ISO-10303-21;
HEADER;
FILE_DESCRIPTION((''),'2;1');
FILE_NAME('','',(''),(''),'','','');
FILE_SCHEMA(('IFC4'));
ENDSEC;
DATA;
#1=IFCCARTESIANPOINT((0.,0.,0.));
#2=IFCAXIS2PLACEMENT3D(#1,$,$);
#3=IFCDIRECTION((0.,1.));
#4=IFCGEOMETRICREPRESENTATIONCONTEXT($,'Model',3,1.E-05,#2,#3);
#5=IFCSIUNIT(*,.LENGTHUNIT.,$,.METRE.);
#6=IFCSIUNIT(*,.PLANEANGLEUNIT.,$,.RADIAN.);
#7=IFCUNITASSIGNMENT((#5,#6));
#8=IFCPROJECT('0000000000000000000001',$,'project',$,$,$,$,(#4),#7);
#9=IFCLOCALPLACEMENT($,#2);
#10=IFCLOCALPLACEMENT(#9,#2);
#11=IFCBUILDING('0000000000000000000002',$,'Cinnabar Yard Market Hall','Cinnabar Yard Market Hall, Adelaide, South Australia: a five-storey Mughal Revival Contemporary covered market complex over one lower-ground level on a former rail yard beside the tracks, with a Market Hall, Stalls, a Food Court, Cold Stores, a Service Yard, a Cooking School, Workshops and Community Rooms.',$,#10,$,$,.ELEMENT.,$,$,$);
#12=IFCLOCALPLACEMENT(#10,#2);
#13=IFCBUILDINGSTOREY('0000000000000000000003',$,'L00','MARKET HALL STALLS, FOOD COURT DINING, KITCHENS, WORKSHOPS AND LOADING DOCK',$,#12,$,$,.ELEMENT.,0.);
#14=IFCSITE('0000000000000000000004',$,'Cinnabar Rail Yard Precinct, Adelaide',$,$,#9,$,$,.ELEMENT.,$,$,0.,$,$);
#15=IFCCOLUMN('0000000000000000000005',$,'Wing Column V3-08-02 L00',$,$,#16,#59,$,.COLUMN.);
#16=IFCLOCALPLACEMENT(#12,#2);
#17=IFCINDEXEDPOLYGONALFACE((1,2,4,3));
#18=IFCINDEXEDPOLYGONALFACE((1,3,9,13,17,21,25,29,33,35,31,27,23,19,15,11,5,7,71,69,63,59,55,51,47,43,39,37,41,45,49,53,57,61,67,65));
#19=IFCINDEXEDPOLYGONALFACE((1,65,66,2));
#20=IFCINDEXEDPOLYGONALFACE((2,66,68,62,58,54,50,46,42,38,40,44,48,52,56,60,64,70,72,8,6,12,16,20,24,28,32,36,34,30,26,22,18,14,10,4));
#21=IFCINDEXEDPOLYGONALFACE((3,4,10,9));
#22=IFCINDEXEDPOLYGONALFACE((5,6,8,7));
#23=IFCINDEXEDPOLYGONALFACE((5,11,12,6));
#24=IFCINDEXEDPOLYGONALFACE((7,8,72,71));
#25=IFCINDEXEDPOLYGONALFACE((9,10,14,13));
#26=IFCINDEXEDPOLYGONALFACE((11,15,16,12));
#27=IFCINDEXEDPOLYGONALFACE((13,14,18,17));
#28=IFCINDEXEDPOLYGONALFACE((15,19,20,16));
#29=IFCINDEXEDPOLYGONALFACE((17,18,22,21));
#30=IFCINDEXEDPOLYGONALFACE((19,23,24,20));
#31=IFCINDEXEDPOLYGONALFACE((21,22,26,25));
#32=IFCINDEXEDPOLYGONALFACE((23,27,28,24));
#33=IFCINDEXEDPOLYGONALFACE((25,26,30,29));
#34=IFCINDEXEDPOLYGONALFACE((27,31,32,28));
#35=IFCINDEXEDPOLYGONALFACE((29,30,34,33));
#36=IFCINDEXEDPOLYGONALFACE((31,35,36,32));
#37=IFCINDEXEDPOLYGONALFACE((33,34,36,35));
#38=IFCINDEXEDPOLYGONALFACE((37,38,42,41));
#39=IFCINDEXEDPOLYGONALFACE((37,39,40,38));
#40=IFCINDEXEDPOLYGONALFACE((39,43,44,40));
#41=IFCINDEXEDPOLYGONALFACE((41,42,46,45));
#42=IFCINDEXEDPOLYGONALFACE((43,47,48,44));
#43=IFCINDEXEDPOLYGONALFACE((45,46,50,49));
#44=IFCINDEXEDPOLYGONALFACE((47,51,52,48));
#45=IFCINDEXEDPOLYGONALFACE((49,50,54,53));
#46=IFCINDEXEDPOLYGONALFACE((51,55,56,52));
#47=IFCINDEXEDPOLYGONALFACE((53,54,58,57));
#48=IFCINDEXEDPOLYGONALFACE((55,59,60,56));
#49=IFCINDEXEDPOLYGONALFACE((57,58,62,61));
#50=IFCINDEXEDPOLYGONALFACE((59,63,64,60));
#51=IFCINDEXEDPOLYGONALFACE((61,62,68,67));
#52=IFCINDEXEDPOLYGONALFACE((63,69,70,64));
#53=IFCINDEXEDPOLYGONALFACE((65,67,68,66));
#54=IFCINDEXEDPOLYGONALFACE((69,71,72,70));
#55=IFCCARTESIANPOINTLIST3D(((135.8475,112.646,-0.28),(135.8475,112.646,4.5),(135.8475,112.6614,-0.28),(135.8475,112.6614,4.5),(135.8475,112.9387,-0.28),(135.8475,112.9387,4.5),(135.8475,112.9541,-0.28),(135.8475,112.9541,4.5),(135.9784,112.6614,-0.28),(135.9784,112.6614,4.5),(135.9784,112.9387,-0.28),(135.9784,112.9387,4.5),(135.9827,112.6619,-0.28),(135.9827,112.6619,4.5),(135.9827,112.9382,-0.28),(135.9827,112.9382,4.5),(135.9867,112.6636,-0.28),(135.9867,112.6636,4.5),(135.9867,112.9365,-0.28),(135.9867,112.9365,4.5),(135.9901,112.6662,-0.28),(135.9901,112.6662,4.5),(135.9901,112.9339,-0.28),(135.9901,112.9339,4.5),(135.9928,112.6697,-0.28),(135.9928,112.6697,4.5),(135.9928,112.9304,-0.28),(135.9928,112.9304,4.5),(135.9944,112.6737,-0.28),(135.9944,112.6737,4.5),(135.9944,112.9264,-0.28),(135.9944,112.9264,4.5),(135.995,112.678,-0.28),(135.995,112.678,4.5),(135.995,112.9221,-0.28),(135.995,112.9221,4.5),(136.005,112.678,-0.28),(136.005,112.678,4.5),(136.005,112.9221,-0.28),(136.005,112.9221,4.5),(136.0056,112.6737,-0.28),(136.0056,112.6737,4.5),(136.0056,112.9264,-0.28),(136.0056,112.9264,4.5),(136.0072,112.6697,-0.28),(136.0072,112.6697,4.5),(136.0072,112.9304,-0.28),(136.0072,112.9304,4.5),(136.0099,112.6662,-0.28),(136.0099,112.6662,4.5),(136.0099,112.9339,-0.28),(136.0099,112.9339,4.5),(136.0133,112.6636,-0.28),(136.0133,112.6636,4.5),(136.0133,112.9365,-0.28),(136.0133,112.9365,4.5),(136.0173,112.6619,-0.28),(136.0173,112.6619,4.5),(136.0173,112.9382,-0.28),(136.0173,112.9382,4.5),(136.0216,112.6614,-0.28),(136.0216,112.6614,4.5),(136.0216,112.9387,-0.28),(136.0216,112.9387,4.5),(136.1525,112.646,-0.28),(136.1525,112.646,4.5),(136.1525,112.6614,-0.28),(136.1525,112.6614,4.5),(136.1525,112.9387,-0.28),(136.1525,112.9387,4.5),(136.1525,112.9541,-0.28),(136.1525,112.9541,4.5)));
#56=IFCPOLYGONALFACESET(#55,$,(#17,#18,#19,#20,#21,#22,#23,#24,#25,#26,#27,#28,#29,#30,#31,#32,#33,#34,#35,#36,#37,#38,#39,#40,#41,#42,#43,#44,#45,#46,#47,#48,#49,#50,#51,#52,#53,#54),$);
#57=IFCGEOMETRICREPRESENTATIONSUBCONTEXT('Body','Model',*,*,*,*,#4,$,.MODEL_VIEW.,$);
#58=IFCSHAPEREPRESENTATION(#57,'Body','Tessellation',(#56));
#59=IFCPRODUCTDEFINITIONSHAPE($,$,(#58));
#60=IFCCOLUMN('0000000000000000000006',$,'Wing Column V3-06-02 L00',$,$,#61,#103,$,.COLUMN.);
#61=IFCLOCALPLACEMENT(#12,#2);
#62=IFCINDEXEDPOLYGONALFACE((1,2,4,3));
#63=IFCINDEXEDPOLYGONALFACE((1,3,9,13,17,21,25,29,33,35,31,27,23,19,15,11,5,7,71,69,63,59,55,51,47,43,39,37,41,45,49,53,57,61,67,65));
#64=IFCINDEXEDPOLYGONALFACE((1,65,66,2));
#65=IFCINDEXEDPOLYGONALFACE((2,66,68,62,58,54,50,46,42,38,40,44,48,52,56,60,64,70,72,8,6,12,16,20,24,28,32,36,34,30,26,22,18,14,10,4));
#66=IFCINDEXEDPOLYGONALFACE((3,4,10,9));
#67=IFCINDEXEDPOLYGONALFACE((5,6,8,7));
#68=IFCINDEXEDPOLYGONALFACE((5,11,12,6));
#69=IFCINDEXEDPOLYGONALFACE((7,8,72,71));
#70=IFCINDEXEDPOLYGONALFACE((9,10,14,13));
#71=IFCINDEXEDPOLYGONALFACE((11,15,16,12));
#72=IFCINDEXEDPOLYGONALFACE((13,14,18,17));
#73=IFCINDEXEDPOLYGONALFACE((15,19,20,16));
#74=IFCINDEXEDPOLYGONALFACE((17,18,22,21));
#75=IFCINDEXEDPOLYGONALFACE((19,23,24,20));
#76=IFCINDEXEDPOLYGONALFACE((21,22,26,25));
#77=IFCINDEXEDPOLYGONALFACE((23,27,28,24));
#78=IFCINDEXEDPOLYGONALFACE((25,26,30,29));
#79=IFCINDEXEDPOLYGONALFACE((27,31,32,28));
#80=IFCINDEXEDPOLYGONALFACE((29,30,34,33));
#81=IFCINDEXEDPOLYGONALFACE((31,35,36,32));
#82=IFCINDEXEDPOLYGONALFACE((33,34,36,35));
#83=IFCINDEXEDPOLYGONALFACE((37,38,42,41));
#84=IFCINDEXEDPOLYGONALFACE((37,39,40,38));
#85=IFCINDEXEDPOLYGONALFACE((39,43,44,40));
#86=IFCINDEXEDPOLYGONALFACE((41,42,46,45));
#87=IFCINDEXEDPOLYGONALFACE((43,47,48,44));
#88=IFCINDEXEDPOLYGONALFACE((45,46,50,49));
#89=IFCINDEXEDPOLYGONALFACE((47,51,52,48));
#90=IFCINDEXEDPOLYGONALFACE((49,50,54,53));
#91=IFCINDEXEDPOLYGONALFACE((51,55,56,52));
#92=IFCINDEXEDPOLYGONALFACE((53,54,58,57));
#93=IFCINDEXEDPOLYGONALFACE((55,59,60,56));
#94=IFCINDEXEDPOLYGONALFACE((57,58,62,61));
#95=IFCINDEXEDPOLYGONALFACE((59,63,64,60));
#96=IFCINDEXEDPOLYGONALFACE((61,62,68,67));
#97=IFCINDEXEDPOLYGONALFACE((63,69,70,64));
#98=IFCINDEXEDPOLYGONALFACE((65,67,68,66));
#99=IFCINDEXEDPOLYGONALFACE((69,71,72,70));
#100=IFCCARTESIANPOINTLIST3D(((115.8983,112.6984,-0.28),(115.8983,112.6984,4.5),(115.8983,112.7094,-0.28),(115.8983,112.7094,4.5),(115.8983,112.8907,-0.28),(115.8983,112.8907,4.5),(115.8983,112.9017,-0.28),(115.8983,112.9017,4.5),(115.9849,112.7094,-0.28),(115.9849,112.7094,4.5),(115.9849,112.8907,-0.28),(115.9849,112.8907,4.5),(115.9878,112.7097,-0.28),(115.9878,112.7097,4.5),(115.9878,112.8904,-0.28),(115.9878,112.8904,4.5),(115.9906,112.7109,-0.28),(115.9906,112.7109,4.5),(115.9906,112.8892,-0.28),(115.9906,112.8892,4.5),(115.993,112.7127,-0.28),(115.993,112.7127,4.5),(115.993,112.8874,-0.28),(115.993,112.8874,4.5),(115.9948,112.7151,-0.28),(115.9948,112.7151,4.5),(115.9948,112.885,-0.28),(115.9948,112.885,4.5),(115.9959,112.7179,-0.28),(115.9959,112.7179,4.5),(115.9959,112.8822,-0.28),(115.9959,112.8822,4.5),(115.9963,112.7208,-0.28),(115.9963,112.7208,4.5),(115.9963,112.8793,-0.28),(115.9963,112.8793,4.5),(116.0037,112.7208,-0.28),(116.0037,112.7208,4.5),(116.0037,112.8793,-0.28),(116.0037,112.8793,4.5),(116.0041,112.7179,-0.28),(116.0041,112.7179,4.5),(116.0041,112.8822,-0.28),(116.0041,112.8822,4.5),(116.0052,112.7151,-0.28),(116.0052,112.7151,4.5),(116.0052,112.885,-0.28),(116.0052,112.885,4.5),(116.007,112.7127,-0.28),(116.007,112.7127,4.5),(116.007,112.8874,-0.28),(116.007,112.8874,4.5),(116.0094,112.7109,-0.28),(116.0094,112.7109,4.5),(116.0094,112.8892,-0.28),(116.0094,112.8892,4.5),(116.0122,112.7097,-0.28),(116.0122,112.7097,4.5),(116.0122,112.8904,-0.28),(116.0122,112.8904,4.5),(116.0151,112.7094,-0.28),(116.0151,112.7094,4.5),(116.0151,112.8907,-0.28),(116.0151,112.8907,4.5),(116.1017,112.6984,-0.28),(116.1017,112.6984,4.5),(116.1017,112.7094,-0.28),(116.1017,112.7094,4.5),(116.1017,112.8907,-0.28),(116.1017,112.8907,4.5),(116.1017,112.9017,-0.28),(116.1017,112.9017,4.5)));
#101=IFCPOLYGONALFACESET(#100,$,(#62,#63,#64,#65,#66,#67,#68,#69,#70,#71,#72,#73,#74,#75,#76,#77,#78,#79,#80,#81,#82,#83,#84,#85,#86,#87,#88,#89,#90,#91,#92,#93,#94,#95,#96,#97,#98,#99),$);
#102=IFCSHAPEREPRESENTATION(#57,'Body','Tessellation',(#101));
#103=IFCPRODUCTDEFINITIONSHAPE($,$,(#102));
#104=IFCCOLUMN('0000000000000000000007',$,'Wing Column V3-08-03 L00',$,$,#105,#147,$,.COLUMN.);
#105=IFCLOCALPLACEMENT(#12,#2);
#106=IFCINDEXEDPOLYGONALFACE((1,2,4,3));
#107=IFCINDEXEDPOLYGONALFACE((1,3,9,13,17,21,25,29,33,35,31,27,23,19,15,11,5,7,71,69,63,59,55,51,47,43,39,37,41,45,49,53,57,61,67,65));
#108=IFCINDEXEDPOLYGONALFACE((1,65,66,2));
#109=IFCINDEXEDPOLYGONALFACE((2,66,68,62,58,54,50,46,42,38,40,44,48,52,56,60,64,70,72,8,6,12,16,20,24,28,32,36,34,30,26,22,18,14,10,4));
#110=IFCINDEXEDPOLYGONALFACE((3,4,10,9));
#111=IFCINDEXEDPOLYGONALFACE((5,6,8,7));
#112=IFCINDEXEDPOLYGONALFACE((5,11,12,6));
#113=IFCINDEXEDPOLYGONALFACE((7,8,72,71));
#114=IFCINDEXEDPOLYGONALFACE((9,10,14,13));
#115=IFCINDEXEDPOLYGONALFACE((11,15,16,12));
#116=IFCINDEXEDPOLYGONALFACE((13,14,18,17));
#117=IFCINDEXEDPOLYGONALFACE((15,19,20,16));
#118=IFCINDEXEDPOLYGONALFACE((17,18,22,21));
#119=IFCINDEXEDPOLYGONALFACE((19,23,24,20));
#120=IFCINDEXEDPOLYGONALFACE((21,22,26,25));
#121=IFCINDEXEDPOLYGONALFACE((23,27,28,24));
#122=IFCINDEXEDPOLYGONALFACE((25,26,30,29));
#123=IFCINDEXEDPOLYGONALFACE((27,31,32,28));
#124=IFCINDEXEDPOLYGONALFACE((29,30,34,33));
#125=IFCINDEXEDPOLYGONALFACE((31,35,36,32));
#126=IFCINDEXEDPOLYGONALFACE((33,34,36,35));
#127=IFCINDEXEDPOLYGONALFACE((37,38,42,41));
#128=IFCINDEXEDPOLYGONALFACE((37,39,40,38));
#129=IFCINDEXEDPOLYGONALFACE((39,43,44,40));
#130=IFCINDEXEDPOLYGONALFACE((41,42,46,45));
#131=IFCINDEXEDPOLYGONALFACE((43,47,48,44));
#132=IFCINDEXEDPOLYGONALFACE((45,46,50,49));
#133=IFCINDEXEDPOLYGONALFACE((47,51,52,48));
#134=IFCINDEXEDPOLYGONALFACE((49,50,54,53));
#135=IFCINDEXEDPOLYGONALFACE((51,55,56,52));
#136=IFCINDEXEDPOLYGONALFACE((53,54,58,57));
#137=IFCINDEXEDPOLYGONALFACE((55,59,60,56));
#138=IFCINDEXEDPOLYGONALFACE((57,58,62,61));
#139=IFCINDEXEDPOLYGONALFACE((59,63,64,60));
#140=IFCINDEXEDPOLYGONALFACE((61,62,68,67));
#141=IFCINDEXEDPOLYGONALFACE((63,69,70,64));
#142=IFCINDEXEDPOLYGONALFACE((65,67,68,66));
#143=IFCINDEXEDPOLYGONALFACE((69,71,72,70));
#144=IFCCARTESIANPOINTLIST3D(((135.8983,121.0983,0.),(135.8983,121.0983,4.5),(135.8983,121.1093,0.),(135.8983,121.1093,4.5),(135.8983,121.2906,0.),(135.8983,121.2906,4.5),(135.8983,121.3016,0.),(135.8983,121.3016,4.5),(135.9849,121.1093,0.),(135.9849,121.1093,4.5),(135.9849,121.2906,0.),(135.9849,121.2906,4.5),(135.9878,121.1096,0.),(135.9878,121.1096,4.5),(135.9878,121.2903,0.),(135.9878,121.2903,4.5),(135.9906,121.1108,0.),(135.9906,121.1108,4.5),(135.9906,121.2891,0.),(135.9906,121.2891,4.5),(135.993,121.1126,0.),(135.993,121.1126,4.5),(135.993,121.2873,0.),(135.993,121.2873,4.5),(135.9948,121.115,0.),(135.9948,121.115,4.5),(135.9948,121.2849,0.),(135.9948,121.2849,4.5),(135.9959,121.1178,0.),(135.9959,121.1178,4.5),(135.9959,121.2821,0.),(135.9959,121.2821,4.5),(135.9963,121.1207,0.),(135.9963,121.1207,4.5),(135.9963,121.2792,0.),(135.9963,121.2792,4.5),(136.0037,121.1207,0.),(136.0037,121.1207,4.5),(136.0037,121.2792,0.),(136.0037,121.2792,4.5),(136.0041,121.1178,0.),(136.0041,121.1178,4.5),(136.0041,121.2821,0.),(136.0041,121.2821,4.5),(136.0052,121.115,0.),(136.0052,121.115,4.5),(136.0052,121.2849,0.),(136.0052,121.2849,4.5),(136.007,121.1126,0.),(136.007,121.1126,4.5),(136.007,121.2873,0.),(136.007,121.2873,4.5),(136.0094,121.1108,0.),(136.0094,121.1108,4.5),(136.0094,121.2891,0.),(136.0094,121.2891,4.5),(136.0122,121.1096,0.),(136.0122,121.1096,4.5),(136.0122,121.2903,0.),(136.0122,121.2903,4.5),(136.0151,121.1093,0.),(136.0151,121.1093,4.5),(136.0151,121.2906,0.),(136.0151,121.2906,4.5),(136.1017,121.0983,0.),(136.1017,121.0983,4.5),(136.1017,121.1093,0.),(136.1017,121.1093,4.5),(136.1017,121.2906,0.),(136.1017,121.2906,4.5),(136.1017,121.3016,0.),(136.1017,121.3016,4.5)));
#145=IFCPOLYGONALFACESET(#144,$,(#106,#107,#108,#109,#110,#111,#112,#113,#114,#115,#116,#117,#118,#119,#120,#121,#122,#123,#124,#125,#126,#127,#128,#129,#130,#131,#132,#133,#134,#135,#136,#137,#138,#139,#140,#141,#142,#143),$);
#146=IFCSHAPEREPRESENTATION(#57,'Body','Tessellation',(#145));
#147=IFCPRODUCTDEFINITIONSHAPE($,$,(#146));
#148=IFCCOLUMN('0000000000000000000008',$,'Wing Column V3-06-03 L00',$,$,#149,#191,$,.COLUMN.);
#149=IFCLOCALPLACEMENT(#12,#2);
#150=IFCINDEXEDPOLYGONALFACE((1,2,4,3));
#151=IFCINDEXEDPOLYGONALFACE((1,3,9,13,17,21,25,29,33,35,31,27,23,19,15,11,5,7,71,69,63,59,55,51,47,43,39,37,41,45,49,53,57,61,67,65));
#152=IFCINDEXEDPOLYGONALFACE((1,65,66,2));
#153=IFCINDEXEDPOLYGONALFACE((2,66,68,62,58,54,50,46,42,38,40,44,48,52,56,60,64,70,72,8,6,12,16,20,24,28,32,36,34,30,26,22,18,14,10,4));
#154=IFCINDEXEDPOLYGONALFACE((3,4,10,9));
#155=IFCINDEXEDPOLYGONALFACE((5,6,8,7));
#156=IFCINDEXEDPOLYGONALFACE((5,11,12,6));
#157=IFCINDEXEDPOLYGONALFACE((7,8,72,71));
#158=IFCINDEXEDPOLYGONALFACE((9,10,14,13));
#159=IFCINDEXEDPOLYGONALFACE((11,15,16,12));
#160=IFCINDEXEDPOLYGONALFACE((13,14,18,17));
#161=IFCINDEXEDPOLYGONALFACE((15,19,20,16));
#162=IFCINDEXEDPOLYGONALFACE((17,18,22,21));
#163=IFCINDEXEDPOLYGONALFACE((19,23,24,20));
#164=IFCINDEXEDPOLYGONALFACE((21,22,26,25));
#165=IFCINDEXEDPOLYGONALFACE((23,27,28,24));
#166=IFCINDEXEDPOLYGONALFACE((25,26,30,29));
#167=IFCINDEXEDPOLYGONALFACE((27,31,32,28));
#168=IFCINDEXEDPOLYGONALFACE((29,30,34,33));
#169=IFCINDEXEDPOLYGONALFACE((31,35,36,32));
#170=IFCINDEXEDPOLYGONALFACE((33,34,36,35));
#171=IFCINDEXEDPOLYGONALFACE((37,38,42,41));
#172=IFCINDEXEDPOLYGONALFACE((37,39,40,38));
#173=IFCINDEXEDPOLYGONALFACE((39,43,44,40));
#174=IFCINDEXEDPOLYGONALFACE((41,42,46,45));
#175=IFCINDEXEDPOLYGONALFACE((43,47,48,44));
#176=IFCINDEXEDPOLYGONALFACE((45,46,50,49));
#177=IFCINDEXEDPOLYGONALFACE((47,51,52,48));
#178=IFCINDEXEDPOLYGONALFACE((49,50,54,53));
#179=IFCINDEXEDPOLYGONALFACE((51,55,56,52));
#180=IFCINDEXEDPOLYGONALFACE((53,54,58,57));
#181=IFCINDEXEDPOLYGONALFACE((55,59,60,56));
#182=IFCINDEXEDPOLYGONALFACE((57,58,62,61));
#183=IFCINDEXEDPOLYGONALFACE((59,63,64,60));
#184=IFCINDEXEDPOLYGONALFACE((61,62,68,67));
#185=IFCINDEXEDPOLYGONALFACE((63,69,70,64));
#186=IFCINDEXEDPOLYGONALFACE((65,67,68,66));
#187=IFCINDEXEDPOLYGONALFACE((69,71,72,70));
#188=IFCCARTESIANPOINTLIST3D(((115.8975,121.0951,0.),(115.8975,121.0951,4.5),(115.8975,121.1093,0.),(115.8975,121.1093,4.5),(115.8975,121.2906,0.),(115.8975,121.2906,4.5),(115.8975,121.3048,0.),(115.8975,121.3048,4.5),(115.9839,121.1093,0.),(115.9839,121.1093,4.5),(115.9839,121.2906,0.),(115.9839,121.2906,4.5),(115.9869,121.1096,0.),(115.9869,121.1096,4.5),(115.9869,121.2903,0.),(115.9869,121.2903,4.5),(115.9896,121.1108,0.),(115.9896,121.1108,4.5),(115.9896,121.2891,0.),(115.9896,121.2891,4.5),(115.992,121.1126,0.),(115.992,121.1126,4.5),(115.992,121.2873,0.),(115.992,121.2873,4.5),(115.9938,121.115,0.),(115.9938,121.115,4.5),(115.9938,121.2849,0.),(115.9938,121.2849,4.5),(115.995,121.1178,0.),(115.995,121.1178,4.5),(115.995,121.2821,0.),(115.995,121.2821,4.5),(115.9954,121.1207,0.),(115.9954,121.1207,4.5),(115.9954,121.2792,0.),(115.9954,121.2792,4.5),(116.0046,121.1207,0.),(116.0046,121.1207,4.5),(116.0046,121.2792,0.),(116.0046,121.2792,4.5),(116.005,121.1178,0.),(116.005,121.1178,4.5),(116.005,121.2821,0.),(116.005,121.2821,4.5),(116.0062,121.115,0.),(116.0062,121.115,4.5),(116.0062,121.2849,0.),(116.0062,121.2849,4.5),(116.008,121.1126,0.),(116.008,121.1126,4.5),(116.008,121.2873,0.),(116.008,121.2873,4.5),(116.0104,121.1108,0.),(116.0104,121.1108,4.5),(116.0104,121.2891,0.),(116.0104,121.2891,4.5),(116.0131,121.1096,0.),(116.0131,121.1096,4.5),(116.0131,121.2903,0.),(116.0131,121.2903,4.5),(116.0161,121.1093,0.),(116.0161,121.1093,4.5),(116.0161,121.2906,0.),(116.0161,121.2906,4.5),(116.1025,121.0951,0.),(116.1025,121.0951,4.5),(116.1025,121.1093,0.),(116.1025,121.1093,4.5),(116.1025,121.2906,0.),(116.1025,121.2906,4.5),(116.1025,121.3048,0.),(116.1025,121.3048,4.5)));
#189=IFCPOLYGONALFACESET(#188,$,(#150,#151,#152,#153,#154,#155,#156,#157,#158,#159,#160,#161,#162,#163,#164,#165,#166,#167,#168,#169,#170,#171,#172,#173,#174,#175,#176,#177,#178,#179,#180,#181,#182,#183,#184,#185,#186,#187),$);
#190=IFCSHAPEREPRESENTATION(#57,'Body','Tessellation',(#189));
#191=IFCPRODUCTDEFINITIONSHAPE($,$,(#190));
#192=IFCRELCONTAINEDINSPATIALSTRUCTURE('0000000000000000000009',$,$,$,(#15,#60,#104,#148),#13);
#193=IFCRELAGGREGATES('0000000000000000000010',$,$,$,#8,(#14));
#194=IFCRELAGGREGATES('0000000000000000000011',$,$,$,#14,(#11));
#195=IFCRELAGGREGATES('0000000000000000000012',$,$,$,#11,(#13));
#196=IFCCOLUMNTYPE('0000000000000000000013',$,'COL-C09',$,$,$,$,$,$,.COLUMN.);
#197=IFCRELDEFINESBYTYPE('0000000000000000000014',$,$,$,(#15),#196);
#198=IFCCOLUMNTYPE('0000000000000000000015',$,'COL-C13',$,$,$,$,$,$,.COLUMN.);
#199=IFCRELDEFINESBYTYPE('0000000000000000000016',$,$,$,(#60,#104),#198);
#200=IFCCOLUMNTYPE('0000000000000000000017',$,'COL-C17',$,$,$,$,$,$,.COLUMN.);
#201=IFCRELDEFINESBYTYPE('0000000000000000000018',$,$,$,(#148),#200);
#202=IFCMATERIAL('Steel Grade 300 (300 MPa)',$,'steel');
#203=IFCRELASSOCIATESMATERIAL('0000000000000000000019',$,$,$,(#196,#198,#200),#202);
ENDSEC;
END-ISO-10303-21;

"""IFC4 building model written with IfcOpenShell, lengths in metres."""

from ifc_helpers import new_model, si_unit, direction, frame, origin, origin_2d_with_axis, place, context, subcontext, project, spatial, i_section, extrude, material, material_profile, profile_set, type_object, element, save


model = new_model("IFC4")

# Units and contexts
model_context = context("Model", 3, precision=1e-05, world=origin(), true_north=direction((0.0, 1.0)))
body_context = subcontext(model_context, "Body", "Model", "MODEL_VIEW")
ifc_project = project(units=[si_unit("LENGTHUNIT", "METRE"), si_unit("PLANEANGLEUNIT", "RADIAN")], contexts=[model_context])

# Site, building, storey
site_placement = place(None, origin())
site = spatial("IfcSite", under=ifc_project, at=site_placement, Name="Cinnabar Rail Yard Precinct, Adelaide", CompositionType="ELEMENT", RefElevation=0.0)
building_placement = place(site_placement, origin())
building = spatial("IfcBuilding", under=site, at=building_placement, Name="Cinnabar Yard Market Hall", Description="Cinnabar Yard Market Hall, Adelaide, South Australia: a five-storey Mughal Revival Contemporary covered market complex over one lower-ground level on a former rail yard beside the tracks, with a Market Hall, Stalls, a Food Court, Cold Stores, a Service Yard, a Cooking School, Workshops and Community Rooms.", CompositionType="ELEMENT")
storey_placement = place(building_placement, origin())
storey = spatial("IfcBuildingStorey", under=building, at=storey_placement, Name="L00", Description="MARKET HALL STALLS, FOOD COURT DINING, KITCHENS, WORKSHOPS AND LOADING DOCK", CompositionType="ELEMENT", Elevation=0.0)

# Columns
ifc_material_1 = material(Name="Steel Grade 300 (300 MPa)", Category="steel")
ifc_material_profile_1 = material_profile(ifc_material_1, i_section(OverallWidth=0.3049, OverallDepth=0.3081, WebThickness=0.01, FlangeThickness=0.0154, FilletRadius=0.0166, at=origin_2d_with_axis()), Name="310UC96.8")
ifc_profile_set_1 = profile_set([ifc_material_profile_1], Name="Steel Grade 300 (300 MPa)")
column_type_1 = type_object("IfcColumnType", Name="COL-C09", PredefinedType="COLUMN", material=ifc_profile_set_1)
column_1_placement = place(storey_placement, frame((136.0, 112.8, -0.28), z_axis=(0.0, 0.0, 1.0), x_axis=(1.0, 0.0, 0.0)))
element("IfcColumn", 1, at=column_1_placement, inside=storey, type_object=column_type_1, Name="Wing Column V3-08-02 L00", PredefinedType="COLUMN", context=body_context, shape_type="SweptSolid", body=[
    extrude(i_section(OverallWidth=0.3049, OverallDepth=0.3081, WebThickness=0.01, FlangeThickness=0.0154, FilletRadius=0.0166, at=origin_2d_with_axis()), origin(), (0.0, 0.0, 1.0), 4.78),
])
ifc_material_profile_2 = material_profile(ifc_material_1, i_section(OverallWidth=0.2034, OverallDepth=0.2034, WebThickness=0.0073, FlangeThickness=0.011, FilletRadius=0.0115, at=origin_2d_with_axis()), Name="200UC46.2")
ifc_profile_set_2 = profile_set([ifc_material_profile_2], Name="Steel Grade 300 (300 MPa)")
column_type_2 = type_object("IfcColumnType", Name="COL-C13", PredefinedType="COLUMN", material=ifc_profile_set_2)
column_2_placement = place(storey_placement, frame((116.0, 112.8, -0.28), z_axis=(0.0, 0.0, 1.0), x_axis=(1.0, 0.0, 0.0)))
element("IfcColumn", 2, at=column_2_placement, inside=storey, type_object=column_type_2, Name="Wing Column V3-06-02 L00", PredefinedType="COLUMN", context=body_context, shape_type="SweptSolid", body=[
    extrude(i_section(OverallWidth=0.2034, OverallDepth=0.2034, WebThickness=0.0073, FlangeThickness=0.011, FilletRadius=0.0115, at=origin_2d_with_axis()), origin(), (0.0, 0.0, 1.0), 4.78),
])
column_3_placement = place(storey_placement, frame((136.0, 121.2, 0.0), z_axis=(0.0, 0.0, 1.0), x_axis=(1.0, 0.0, 0.0)))
element("IfcColumn", 3, at=column_3_placement, inside=storey, type_object=column_type_2, Name="Wing Column V3-08-03 L00", PredefinedType="COLUMN", context=body_context, shape_type="SweptSolid", body=[
    extrude(i_section(OverallWidth=0.2034, OverallDepth=0.2034, WebThickness=0.0073, FlangeThickness=0.011, FilletRadius=0.0115, at=origin_2d_with_axis()), origin(), (0.0, 0.0, 1.0), 4.5),
])
ifc_material_profile_3 = material_profile(ifc_material_1, i_section(OverallWidth=0.2051, OverallDepth=0.2097, WebThickness=0.0093, FlangeThickness=0.0142, FilletRadius=0.0115, at=origin_2d_with_axis()), Name="200UC59.5")
ifc_profile_set_3 = profile_set([ifc_material_profile_3], Name="Steel Grade 300 (300 MPa)")
column_type_3 = type_object("IfcColumnType", Name="COL-C17", PredefinedType="COLUMN", material=ifc_profile_set_3)
column_4_placement = place(storey_placement, frame((116.0, 121.2, 0.0), z_axis=(0.0, 0.0, 1.0), x_axis=(1.0, 0.0, 0.0)))
element("IfcColumn", 4, at=column_4_placement, inside=storey, type_object=column_type_3, Name="Wing Column V3-06-03 L00", PredefinedType="COLUMN", context=body_context, shape_type="SweptSolid", body=[
    extrude(i_section(OverallWidth=0.2051, OverallDepth=0.2097, WebThickness=0.0093, FlangeThickness=0.0142, FilletRadius=0.0115, at=origin_2d_with_axis()), origin(), (0.0, 0.0, 1.0), 4.5),
])

save(model, "model.ifc")
